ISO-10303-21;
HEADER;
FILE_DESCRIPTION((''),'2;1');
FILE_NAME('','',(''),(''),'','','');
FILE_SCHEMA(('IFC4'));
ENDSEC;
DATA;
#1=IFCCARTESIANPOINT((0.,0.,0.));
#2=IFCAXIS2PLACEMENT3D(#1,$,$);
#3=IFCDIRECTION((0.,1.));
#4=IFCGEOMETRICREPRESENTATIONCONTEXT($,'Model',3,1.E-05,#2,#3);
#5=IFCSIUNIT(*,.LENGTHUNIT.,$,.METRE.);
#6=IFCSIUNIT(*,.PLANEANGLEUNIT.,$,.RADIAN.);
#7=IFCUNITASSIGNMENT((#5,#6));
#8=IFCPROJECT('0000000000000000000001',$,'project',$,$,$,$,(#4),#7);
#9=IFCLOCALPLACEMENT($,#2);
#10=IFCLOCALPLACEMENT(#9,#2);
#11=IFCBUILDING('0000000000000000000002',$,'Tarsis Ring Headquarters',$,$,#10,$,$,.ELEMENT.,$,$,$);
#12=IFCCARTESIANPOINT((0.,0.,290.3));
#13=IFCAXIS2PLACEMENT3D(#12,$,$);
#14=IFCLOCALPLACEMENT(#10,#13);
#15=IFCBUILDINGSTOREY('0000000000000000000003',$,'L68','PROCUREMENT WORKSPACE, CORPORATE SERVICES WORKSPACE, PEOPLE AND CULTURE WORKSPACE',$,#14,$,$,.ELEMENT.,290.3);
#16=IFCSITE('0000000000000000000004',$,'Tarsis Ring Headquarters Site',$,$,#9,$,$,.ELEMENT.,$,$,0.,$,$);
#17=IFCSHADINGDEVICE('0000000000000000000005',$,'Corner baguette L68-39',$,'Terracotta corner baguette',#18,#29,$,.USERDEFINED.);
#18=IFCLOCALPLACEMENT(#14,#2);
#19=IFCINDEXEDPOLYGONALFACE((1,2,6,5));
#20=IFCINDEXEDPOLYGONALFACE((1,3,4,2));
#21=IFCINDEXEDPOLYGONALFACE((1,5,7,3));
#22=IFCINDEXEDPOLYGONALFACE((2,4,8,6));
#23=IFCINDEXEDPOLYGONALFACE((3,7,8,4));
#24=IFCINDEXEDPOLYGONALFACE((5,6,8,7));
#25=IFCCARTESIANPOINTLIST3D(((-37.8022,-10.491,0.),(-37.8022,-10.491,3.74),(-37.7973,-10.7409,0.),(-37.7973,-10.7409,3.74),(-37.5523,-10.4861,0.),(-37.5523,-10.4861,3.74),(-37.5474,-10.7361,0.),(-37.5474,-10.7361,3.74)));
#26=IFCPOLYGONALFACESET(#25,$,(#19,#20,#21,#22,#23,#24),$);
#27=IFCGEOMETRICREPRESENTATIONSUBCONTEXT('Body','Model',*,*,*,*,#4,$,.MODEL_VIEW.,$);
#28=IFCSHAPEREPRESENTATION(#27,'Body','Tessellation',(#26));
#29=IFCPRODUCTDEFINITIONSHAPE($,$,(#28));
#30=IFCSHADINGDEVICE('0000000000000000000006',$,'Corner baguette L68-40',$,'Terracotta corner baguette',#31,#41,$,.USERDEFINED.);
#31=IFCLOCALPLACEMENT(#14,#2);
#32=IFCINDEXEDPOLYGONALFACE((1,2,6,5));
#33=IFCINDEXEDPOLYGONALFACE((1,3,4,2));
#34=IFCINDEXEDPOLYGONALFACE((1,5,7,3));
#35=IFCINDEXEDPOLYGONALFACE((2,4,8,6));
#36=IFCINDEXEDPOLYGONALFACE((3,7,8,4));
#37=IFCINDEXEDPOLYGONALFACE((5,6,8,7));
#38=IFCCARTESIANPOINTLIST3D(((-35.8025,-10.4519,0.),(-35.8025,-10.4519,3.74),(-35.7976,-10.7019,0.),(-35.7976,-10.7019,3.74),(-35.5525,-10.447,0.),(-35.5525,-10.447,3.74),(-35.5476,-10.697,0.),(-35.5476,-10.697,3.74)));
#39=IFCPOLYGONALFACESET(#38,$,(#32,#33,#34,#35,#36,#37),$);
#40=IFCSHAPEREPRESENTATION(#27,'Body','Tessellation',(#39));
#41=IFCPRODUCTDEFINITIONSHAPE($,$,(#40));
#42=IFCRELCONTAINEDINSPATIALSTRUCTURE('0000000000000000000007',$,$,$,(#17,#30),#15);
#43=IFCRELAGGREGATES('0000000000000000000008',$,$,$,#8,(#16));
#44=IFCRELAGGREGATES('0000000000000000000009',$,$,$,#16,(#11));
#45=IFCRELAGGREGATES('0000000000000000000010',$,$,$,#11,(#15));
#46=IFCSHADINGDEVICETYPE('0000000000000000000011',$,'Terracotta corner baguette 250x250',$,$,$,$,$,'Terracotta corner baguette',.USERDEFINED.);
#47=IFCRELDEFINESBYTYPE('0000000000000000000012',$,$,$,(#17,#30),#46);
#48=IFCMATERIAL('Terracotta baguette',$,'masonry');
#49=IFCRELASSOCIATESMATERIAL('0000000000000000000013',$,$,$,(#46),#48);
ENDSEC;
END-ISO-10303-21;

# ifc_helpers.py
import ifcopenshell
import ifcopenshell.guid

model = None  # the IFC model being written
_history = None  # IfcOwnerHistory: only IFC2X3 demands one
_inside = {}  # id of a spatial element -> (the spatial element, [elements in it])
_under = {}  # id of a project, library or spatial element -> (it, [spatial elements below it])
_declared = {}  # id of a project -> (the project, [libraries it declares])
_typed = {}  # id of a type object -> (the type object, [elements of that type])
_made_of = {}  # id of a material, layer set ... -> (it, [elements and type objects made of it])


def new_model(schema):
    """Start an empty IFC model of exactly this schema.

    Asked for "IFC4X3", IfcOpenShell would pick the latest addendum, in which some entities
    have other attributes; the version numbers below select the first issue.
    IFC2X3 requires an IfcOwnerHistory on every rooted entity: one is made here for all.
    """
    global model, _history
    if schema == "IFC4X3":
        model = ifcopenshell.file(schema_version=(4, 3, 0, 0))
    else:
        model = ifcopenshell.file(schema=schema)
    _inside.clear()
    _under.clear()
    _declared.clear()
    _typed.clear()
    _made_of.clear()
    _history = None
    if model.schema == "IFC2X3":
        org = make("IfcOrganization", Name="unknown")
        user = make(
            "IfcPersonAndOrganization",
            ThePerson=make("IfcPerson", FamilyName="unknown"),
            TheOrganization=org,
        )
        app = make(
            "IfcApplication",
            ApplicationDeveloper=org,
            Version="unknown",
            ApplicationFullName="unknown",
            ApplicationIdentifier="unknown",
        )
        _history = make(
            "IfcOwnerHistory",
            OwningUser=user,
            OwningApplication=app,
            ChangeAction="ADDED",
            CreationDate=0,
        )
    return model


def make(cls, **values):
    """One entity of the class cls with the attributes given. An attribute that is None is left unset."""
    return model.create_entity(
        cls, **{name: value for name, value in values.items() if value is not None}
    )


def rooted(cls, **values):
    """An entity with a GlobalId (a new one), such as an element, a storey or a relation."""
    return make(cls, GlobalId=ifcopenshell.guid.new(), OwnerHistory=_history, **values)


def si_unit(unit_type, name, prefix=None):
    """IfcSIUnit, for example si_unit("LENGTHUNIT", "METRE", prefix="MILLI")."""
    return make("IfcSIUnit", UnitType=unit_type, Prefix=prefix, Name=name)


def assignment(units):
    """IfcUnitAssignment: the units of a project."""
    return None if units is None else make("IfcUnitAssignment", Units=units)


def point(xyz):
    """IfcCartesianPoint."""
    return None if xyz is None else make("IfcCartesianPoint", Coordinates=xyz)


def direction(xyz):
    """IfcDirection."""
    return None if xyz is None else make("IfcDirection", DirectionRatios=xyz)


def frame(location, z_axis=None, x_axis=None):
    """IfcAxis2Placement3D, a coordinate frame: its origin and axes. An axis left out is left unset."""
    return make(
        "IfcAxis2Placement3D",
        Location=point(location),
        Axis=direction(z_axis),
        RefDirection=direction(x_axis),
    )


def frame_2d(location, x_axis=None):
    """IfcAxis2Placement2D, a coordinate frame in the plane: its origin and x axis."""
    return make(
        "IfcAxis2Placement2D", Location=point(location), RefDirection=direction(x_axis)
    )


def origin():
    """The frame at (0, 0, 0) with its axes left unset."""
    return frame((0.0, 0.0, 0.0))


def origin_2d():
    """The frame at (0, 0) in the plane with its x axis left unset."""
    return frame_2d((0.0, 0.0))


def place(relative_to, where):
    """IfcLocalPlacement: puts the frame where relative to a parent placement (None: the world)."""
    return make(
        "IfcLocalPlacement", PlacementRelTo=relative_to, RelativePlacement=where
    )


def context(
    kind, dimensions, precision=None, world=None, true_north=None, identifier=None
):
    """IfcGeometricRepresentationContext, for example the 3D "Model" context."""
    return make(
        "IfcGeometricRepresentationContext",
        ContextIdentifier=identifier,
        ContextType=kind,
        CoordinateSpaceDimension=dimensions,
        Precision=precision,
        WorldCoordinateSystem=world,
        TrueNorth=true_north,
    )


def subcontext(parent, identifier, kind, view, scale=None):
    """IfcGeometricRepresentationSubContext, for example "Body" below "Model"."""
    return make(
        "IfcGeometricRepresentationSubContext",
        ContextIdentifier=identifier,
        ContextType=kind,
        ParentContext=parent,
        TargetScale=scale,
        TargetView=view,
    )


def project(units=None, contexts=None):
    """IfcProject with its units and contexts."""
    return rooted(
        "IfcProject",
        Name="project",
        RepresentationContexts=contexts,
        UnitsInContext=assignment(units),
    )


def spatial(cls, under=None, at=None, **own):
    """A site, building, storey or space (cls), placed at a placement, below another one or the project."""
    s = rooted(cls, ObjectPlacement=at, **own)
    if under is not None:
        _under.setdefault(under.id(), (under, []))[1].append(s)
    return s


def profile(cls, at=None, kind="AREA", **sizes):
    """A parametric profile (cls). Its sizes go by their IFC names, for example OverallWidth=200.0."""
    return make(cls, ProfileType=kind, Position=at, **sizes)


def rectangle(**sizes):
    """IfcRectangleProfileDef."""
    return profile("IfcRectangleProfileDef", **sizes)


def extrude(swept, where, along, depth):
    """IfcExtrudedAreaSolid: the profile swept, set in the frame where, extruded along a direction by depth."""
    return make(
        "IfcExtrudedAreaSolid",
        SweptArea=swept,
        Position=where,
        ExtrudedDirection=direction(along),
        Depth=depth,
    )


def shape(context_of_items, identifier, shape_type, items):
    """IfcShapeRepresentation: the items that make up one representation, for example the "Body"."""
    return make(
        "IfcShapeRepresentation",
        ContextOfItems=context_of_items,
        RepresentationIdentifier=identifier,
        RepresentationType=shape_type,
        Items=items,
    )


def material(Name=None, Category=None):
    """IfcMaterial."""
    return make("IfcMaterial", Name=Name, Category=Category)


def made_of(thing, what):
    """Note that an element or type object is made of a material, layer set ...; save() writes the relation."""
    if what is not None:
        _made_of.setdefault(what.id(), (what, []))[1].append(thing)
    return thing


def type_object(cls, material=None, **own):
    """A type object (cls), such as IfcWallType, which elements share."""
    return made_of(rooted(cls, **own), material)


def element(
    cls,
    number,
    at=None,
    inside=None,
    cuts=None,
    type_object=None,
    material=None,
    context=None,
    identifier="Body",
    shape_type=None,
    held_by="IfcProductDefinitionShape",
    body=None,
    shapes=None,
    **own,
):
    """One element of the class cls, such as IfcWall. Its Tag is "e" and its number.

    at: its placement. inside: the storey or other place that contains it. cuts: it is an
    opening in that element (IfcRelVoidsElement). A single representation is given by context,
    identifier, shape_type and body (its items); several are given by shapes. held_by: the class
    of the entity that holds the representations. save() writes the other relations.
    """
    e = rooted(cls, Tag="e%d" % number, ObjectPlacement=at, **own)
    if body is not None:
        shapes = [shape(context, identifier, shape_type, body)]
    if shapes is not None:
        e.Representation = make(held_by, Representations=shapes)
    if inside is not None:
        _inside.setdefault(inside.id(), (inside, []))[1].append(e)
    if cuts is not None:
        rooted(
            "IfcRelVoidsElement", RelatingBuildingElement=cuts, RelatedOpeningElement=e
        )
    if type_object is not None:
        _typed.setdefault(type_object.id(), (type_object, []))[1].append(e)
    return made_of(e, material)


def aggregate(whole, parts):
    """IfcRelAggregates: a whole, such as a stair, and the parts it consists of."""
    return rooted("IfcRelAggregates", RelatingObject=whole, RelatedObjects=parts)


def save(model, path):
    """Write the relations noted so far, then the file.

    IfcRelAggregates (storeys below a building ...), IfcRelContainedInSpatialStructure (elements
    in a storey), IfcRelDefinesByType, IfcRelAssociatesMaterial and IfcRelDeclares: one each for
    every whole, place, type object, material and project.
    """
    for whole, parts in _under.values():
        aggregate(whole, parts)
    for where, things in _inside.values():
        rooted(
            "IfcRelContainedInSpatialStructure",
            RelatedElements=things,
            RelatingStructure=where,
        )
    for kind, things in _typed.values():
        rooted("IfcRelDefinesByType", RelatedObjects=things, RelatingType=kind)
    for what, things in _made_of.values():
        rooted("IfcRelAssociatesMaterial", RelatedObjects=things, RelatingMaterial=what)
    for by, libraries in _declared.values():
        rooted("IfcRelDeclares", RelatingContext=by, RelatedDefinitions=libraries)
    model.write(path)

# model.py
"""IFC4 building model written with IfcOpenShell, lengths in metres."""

from ifc_helpers import new_model, si_unit, direction, frame, origin, origin_2d, place, context, subcontext, project, spatial, rectangle, extrude, material, type_object, element, save


model = new_model("IFC4")

# Units and contexts
model_context = context("Model", 3, precision=1e-05, world=origin(), true_north=direction((0.0, 1.0)))
body_context = subcontext(model_context, "Body", "Model", "MODEL_VIEW")
ifc_project = project(units=[si_unit("LENGTHUNIT", "METRE"), si_unit("PLANEANGLEUNIT", "RADIAN")], contexts=[model_context])

# Site, building, storey
site_placement = place(None, origin())
site = spatial("IfcSite", under=ifc_project, at=site_placement, Name="Tarsis Ring Headquarters Site", CompositionType="ELEMENT", RefElevation=0.0)
building_placement = place(site_placement, origin())
building = spatial("IfcBuilding", under=site, at=building_placement, Name="Tarsis Ring Headquarters", CompositionType="ELEMENT")
storey_placement = place(building_placement, frame((0.0, 0.0, 290.3)))
storey = spatial("IfcBuildingStorey", under=building, at=storey_placement, Name="L68", Description="PROCUREMENT WORKSPACE, CORPORATE SERVICES WORKSPACE, PEOPLE AND CULTURE WORKSPACE", CompositionType="ELEMENT", Elevation=290.3)

# Shading devices
ifc_material_1 = material(Name="Terracotta baguette", Category="masonry")
shading_device_type_1 = type_object("IfcShadingDeviceType", Name="Terracotta corner baguette 250x250", ElementType="Terracotta corner baguette", PredefinedType="USERDEFINED", material=ifc_material_1)
for number, where, z_axis, x_axis, name in (
    (1, (-37.6748, -10.6135, 0.0), (0.0, 0.0, 1.0), (0.019546, -0.999809, 0.0), "Corner baguette L68-39"),
    (2, (-35.675, -10.5745, 0.0), (0.0, 0.0, 1.0), (0.999809, 0.019546, 0.0), "Corner baguette L68-40"),
):
    element("IfcShadingDevice", number, at=place(storey_placement, frame(where, z_axis=z_axis, x_axis=x_axis)), inside=storey, type_object=shading_device_type_1, Name=name, ObjectType="Terracotta corner baguette", PredefinedType="USERDEFINED", context=body_context, shape_type="SweptSolid", body=[
        extrude(rectangle(XDim=0.25, YDim=0.25, at=origin_2d()), origin(), (0.0, 0.0, 1.0), 3.74),
    ])

save(model, "model.ifc")
